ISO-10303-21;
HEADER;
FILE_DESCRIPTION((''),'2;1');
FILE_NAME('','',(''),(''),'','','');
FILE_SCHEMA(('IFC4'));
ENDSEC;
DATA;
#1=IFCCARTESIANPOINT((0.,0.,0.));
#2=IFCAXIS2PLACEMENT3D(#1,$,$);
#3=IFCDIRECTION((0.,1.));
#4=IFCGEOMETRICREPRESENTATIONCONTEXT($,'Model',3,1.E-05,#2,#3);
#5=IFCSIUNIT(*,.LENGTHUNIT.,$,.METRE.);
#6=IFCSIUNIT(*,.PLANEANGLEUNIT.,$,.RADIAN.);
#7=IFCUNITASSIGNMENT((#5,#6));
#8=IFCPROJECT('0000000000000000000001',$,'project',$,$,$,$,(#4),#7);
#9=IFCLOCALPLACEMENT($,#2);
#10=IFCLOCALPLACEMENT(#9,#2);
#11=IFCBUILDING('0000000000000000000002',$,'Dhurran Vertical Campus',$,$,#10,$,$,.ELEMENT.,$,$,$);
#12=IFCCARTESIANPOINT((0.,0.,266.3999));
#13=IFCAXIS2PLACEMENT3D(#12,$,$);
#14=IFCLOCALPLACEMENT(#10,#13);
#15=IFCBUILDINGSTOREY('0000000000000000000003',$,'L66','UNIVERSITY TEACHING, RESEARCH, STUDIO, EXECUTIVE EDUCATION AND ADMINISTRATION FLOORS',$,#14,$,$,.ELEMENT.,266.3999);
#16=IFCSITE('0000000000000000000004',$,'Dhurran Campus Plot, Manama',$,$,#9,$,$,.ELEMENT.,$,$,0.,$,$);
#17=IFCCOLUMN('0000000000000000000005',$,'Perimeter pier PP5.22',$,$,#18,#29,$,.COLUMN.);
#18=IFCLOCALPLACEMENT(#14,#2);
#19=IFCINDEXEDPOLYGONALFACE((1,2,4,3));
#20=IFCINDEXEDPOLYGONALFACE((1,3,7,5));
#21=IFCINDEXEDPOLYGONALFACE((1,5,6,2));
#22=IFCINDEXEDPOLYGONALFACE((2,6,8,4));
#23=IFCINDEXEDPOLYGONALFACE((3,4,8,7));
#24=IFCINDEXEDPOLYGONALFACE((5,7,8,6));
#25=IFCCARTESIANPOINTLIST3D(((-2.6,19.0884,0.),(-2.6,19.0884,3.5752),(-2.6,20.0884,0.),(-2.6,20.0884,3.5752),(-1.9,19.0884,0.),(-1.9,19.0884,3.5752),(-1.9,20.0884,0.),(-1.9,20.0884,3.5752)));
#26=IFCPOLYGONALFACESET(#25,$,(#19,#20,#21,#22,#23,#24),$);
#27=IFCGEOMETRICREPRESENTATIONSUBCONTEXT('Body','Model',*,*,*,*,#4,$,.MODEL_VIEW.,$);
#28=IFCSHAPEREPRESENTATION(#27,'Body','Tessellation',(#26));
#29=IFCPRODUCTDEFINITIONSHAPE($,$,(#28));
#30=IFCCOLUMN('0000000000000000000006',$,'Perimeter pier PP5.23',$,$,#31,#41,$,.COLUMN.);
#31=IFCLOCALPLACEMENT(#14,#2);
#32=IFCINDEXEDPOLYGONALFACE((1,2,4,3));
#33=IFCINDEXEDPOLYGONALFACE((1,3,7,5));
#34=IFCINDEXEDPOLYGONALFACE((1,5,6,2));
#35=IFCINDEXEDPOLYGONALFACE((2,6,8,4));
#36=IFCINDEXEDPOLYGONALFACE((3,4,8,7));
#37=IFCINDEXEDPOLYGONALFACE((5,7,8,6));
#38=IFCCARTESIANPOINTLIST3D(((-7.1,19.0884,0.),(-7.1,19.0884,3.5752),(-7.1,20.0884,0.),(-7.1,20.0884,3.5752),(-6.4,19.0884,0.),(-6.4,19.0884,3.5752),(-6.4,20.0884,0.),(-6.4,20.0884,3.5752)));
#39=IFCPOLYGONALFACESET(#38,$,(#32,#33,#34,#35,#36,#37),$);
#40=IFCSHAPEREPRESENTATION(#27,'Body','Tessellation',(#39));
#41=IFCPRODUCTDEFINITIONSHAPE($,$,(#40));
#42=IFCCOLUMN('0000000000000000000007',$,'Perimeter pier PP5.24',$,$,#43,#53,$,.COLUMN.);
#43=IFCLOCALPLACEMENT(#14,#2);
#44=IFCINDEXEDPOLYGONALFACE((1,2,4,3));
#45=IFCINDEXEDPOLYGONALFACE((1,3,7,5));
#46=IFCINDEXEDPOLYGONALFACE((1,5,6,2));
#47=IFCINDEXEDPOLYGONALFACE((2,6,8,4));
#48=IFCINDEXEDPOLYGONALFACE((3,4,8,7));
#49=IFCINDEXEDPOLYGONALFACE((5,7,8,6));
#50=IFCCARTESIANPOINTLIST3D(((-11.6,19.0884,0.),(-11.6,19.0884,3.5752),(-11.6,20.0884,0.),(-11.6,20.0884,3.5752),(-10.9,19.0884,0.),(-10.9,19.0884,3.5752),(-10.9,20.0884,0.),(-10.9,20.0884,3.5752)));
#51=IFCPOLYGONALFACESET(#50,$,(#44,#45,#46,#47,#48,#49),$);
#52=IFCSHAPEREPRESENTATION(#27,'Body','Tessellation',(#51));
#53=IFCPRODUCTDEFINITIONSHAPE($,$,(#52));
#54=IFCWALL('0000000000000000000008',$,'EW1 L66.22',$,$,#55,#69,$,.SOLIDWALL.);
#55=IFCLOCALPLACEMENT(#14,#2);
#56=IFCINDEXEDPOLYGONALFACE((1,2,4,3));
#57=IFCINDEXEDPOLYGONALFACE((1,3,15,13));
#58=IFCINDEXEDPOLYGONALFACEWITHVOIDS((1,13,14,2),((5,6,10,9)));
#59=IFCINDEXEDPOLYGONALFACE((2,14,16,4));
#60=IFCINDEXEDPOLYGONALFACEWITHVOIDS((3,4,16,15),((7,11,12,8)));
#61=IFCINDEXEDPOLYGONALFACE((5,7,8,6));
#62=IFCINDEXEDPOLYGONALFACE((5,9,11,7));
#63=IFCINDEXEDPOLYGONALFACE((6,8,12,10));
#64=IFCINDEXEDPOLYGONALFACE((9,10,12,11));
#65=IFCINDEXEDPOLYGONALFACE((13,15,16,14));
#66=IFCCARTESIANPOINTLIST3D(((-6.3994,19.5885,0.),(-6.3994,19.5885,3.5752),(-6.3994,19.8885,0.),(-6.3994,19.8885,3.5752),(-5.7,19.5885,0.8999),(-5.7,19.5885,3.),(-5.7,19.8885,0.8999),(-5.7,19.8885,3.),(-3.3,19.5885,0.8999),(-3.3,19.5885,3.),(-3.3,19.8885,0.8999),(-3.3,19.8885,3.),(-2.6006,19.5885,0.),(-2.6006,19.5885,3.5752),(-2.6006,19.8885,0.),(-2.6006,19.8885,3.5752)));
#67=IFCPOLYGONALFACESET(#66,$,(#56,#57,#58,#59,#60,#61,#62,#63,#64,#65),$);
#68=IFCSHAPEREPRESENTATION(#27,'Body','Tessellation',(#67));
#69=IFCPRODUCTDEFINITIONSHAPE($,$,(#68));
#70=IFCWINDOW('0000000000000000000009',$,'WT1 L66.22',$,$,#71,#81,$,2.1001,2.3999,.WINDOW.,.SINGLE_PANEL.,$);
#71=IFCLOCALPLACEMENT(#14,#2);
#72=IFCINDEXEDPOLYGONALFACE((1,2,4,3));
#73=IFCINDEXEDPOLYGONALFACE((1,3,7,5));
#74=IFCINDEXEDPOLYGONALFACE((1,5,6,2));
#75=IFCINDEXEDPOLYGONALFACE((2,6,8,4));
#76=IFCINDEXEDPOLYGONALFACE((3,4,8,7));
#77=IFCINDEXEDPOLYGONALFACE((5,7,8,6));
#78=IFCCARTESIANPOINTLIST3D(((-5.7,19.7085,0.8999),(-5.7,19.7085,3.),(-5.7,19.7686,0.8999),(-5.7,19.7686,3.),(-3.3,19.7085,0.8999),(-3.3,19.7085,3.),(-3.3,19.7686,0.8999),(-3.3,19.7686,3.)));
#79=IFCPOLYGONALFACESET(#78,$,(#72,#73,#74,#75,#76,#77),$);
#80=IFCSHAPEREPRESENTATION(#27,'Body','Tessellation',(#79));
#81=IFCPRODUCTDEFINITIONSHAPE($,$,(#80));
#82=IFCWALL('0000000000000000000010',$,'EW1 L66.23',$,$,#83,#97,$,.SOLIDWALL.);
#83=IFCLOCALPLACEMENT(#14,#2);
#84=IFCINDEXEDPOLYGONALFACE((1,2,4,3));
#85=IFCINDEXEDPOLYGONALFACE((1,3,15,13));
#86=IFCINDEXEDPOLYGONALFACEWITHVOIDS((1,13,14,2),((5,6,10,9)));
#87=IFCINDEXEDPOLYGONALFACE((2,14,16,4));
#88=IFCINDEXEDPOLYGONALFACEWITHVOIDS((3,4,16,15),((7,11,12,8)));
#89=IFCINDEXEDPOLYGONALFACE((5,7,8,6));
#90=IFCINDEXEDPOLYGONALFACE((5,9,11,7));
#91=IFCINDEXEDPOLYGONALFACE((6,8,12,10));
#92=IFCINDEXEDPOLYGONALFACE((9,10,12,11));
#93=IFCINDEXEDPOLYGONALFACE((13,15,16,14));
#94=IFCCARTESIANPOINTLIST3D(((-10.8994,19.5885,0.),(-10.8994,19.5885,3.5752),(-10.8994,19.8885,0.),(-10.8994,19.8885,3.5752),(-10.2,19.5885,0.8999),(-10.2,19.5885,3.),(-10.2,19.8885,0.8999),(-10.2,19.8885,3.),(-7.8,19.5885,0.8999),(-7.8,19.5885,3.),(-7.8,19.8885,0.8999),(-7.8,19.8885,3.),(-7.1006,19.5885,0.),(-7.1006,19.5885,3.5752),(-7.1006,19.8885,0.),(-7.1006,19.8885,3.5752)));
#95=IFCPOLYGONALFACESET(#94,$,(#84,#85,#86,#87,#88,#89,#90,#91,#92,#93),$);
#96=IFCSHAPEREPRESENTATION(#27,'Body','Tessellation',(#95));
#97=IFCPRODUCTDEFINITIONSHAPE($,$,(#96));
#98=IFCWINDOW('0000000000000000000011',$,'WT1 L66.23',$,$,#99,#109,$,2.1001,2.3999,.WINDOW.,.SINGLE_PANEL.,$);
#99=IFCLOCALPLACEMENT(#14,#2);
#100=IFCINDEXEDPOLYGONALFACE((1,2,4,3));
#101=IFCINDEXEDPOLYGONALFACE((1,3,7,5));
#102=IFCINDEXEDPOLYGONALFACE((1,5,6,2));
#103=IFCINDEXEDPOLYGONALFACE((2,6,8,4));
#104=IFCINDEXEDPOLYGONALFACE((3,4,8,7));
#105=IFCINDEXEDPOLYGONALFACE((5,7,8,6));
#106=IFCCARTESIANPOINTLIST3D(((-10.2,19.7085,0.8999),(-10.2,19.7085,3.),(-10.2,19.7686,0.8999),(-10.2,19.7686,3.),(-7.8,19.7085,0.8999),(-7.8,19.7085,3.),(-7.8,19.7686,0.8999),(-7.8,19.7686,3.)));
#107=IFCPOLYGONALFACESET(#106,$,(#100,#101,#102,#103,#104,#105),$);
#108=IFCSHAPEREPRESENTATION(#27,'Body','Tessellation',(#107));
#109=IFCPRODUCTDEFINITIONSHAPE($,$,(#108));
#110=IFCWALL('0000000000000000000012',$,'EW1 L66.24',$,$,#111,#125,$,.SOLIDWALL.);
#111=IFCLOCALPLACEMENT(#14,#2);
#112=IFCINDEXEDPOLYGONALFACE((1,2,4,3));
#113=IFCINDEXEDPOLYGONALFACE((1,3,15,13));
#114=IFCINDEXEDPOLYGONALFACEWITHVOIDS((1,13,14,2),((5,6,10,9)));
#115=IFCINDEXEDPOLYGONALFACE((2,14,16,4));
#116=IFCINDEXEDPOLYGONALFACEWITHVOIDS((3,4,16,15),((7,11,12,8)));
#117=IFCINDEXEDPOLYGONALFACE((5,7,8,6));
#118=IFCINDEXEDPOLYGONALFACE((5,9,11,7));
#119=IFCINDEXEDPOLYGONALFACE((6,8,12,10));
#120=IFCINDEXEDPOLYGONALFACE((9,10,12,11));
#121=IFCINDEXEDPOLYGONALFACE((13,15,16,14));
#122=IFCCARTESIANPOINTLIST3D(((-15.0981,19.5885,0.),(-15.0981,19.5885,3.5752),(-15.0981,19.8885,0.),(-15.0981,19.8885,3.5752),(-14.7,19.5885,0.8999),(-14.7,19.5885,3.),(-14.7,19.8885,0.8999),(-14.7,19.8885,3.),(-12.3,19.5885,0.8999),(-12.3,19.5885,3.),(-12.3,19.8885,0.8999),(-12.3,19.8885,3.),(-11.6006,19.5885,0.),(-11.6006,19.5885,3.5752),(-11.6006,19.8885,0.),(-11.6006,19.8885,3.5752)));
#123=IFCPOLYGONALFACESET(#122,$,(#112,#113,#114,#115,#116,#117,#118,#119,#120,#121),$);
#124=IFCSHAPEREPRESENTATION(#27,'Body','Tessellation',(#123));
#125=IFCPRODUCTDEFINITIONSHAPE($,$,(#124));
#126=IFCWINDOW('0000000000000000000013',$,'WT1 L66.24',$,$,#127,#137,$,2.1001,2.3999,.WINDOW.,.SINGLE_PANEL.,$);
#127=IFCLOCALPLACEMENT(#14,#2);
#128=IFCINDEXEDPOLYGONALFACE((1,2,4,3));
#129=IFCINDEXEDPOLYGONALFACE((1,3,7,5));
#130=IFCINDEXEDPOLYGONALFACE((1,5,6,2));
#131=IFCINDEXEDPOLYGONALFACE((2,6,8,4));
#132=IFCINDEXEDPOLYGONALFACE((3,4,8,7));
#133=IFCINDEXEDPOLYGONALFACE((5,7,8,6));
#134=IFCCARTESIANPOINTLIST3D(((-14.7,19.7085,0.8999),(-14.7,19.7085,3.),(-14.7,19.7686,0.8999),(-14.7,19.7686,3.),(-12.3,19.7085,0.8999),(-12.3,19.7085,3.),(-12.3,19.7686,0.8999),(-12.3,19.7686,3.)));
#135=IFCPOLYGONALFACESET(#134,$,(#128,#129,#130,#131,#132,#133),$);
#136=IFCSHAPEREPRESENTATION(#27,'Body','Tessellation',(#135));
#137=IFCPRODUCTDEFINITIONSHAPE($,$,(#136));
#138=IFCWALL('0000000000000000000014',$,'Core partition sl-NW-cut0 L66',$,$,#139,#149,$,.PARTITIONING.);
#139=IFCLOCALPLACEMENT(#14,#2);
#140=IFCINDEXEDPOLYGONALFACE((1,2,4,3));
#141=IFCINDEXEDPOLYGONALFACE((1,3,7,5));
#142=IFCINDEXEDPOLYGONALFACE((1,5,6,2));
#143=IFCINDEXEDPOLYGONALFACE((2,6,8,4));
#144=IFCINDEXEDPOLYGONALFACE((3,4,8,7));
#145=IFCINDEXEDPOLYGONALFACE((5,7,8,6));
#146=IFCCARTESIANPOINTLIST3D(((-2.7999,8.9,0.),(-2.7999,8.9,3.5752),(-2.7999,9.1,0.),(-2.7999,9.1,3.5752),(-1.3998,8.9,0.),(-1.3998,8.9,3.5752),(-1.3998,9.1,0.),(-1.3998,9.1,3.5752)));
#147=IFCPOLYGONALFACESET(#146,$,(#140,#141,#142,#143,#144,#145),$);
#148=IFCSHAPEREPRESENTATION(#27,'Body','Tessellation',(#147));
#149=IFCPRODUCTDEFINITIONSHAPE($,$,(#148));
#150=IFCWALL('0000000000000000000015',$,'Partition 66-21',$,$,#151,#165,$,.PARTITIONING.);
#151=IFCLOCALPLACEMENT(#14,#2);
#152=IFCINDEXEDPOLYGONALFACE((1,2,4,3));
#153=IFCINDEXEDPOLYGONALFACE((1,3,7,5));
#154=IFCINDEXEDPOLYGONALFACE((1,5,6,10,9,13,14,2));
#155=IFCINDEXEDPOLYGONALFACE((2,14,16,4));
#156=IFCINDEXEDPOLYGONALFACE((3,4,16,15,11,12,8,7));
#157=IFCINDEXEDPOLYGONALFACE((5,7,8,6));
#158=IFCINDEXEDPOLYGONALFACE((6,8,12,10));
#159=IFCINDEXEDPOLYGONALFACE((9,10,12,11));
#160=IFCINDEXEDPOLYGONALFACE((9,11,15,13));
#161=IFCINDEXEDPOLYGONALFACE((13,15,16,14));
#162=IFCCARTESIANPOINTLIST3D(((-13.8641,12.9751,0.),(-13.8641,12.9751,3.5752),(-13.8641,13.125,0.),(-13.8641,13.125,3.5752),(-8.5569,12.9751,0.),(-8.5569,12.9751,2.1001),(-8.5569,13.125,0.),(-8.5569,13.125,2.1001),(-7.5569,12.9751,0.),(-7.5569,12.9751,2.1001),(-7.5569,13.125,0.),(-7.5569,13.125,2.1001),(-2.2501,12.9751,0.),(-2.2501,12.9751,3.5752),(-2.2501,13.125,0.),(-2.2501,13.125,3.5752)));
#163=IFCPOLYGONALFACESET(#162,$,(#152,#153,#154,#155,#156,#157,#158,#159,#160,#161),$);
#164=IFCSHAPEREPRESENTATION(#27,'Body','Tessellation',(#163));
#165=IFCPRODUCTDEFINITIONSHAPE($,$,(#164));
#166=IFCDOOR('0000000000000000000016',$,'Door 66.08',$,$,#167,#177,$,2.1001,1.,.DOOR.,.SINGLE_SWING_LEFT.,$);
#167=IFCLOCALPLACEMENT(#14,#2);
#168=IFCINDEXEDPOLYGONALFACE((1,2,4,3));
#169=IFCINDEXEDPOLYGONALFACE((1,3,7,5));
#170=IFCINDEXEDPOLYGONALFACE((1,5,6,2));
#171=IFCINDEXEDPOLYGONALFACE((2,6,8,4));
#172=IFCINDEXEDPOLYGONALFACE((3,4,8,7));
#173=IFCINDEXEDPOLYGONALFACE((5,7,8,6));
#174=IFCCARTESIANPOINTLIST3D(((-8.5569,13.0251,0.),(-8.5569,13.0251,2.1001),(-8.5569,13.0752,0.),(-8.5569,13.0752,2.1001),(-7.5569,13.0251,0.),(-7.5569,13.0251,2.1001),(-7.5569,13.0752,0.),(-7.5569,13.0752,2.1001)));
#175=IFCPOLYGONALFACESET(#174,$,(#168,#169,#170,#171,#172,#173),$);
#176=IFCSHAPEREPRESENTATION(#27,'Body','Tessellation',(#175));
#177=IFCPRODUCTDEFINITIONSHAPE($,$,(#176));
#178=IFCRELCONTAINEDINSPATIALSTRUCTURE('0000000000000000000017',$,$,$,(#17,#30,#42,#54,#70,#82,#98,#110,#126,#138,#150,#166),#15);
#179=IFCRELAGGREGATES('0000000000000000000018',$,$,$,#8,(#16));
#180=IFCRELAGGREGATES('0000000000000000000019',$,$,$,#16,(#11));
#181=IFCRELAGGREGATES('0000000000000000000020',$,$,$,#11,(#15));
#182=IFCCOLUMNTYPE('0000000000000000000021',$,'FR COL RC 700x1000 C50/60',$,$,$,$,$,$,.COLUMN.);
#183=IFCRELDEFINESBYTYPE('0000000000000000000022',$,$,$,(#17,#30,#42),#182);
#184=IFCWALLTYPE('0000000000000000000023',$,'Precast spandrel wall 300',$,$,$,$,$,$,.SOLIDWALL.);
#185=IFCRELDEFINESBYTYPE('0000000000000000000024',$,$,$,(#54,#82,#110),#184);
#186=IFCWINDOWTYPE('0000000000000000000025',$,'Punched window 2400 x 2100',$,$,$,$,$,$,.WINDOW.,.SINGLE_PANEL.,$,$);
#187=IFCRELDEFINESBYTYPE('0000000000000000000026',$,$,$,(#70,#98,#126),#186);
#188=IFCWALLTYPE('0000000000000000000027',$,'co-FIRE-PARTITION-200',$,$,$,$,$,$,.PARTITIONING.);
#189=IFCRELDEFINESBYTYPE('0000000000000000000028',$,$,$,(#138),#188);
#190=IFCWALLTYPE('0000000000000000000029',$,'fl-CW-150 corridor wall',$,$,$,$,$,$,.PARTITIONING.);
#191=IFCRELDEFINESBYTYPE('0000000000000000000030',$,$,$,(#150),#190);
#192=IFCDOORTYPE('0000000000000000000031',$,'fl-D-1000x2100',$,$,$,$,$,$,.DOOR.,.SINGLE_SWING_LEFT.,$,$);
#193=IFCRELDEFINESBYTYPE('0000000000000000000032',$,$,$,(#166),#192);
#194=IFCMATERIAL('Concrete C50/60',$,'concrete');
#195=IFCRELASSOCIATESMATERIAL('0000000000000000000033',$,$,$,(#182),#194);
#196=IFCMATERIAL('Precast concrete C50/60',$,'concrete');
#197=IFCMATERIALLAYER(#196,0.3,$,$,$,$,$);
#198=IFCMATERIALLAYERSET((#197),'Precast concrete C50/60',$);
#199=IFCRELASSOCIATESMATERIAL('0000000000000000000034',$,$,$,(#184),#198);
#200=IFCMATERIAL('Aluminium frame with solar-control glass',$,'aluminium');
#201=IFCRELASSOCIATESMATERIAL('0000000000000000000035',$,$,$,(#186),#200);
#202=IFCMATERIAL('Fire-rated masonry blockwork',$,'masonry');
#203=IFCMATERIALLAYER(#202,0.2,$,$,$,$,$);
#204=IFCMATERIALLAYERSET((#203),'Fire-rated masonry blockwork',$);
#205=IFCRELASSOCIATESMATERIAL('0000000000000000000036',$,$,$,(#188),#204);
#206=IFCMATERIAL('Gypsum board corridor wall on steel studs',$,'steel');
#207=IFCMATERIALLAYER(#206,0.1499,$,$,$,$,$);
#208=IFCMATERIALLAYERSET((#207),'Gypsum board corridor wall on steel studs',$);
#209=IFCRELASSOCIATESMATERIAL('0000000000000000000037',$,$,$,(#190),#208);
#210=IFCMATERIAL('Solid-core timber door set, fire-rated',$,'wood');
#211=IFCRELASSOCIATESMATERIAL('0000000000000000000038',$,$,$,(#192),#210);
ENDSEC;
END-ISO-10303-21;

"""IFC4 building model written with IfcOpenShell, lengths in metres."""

from ifc_helpers import new_model, si_unit, direction, frame, frame_2d, origin, origin_2d, place, context, subcontext, project, spatial, rectangle, extrude, material, layer, layer_set, material_profile, profile_set, type_object, element, fill, save


model = new_model("IFC4")

# Units and contexts
model_context = context("Model", 3, precision=1e-05, world=origin(), true_north=direction((0.0, 1.0)))
body_context = subcontext(model_context, "Body", "Model", "MODEL_VIEW")
ifc_project = project(units=[si_unit("LENGTHUNIT", "METRE"), si_unit("PLANEANGLEUNIT", "RADIAN")], contexts=[model_context])

# Site, building, storey
site_placement = place(None, origin())
site = spatial("IfcSite", under=ifc_project, at=site_placement, Name="Dhurran Campus Plot, Manama", CompositionType="ELEMENT", RefElevation=0.0)
building_placement = place(site_placement, origin())
building = spatial("IfcBuilding", under=site, at=building_placement, Name="Dhurran Vertical Campus", CompositionType="ELEMENT")
storey_placement = place(building_placement, frame((0.0, 0.0, 266.3999)))
storey = spatial("IfcBuildingStorey", under=building, at=storey_placement, Name="L66", Description="UNIVERSITY TEACHING, RESEARCH, STUDIO, EXECUTIVE EDUCATION AND ADMINISTRATION FLOORS", CompositionType="ELEMENT", Elevation=266.3999)

# Columns
ifc_material_1 = material(Name="Concrete C50/60", Category="concrete")
ifc_material_profile = material_profile(ifc_material_1, rectangle(XDim=0.7, YDim=1.0, at=origin_2d()), Name="RC 700x1000")
ifc_profile_set = profile_set([ifc_material_profile], Name="Concrete C50/60")
column_type = type_object("IfcColumnType", Name="FR COL RC 700x1000 C50/60", PredefinedType="COLUMN", material=ifc_profile_set)
for number, where, z_axis, x_axis, name in (
    (1, (-2.25, 19.5884, 0.0), (0.0, 0.0, 1.0), (-1.0, 0.0, 0.0), "Perimeter pier PP5.22"),
    (2, (-6.75, 19.5884, 0.0), (0.0, 0.0, 1.0), (-1.0, 0.0, 0.0), "Perimeter pier PP5.23"),
    (3, (-11.25, 19.5884, 0.0), (0.0, 0.0, 1.0), (-1.0, 0.0, 0.0), "Perimeter pier PP5.24"),
):
    element("IfcColumn", number, at=place(storey_placement, frame(where, z_axis=z_axis, x_axis=x_axis)), inside=storey, type_object=column_type, Name=name, PredefinedType="COLUMN", context=body_context, shape_type="SweptSolid", body=[
        extrude(rectangle(XDim=0.7, YDim=1.0, at=origin_2d()), origin(), (0.0, 0.0, 1.0), 3.5752),
    ])

# Walls, openings, windows
ifc_material_2 = material(Name="Precast concrete C50/60", Category="concrete")
ifc_layer_1 = layer(ifc_material_2, 0.3)
ifc_layer_set_1 = layer_set([ifc_layer_1], Name="Precast concrete C50/60")
wall_type_1 = type_object("IfcWallType", Name="Precast spandrel wall 300", PredefinedType="SOLIDWALL", material=ifc_layer_set_1)
wall_1_placement = place(storey_placement, frame((-2.6006, 19.7385, 0.0), z_axis=(0.0, 0.0, 1.0), x_axis=(-1.0, 0.0, 0.0)))
wall_1 = element("IfcWall", 4, at=wall_1_placement, inside=storey, type_object=wall_type_1, Name="EW1 L66.22", PredefinedType="SOLIDWALL", context=body_context, shape_type="SweptSolid", body=[
    extrude(rectangle(XDim=3.7988, YDim=0.3, at=frame_2d((1.8994, 0.0))), origin(), (0.0, 0.0, 1.0), 3.5752),
])
opening_1_placement = place(wall_1_placement, frame((0.6995, 0.0, 0.8999)))
opening_1 = element("IfcOpeningElement", 5, at=opening_1_placement, cuts=wall_1, PredefinedType="OPENING", context=body_context, shape_type="SweptSolid", body=[
    extrude(rectangle(XDim=2.3999, YDim=2.1001, at=frame_2d((1.2, 1.05))), frame((0.0, 0.1599, 0.0), z_axis=(0.0, -1.0, 0.0), x_axis=(1.0, 0.0, 0.0)), (0.0, 0.0, 1.0), 0.3201),
])
ifc_material_3 = material(Name="Aluminium frame with solar-control glass", Category="aluminium")
window_type = type_object("IfcWindowType", Name="Punched window 2400 x 2100", PartitioningType="SINGLE_PANEL", PredefinedType="WINDOW", material=ifc_material_3)
window_1_placement = place(opening_1_placement, origin())
window_1 = element("IfcWindow", 6, at=window_1_placement, inside=storey, type_object=window_type, Name="WT1 L66.22", OverallHeight=2.1001, OverallWidth=2.3999, PartitioningType="SINGLE_PANEL", PredefinedType="WINDOW", context=body_context, shape_type="SweptSolid", body=[
    extrude(rectangle(XDim=2.3999, YDim=2.1001, at=frame_2d((1.2, 1.05))), frame((0.0, 0.03, 0.0), z_axis=(0.0, -1.0, 0.0), x_axis=(1.0, 0.0, 0.0)), (0.0, 0.0, 1.0), 0.0601),
])
fill(opening_1, window_1)
wall_2_placement = place(storey_placement, frame((-7.1006, 19.7385, 0.0), z_axis=(0.0, 0.0, 1.0), x_axis=(-1.0, 0.0, 0.0)))
wall_2 = element("IfcWall", 7, at=wall_2_placement, inside=storey, type_object=wall_type_1, Name="EW1 L66.23", PredefinedType="SOLIDWALL", context=body_context, shape_type="SweptSolid", body=[
    extrude(rectangle(XDim=3.7988, YDim=0.3, at=frame_2d((1.8994, 0.0))), origin(), (0.0, 0.0, 1.0), 3.5752),
])
opening_2_placement = place(wall_2_placement, frame((0.6995, 0.0, 0.8999)))
opening_2 = element("IfcOpeningElement", 8, at=opening_2_placement, cuts=wall_2, PredefinedType="OPENING", context=body_context, shape_type="SweptSolid", body=[
    extrude(rectangle(XDim=2.3999, YDim=2.1001, at=frame_2d((1.2, 1.05))), frame((0.0, 0.1599, 0.0), z_axis=(0.0, -1.0, 0.0), x_axis=(1.0, 0.0, 0.0)), (0.0, 0.0, 1.0), 0.3201),
])
window_2_placement = place(opening_2_placement, origin())
window_2 = element("IfcWindow", 9, at=window_2_placement, inside=storey, type_object=window_type, Name="WT1 L66.23", OverallHeight=2.1001, OverallWidth=2.3999, PartitioningType="SINGLE_PANEL", PredefinedType="WINDOW", context=body_context, shape_type="SweptSolid", body=[
    extrude(rectangle(XDim=2.3999, YDim=2.1001, at=frame_2d((1.2, 1.05))), frame((0.0, 0.03, 0.0), z_axis=(0.0, -1.0, 0.0), x_axis=(1.0, 0.0, 0.0)), (0.0, 0.0, 1.0), 0.0601),
])
fill(opening_2, window_2)
wall_3_placement = place(storey_placement, frame((-11.6006, 19.7385, 0.0), z_axis=(0.0, 0.0, 1.0), x_axis=(-1.0, 0.0, 0.0)))
wall_3 = element("IfcWall", 10, at=wall_3_placement, inside=storey, type_object=wall_type_1, Name="EW1 L66.24", PredefinedType="SOLIDWALL", context=body_context, shape_type="SweptSolid", body=[
    extrude(rectangle(XDim=3.4976, YDim=0.3, at=frame_2d((1.7488, 0.0))), origin(), (0.0, 0.0, 1.0), 3.5752),
])
opening_3_placement = place(wall_3_placement, frame((0.6995, 0.0, 0.8999)))
opening_3 = element("IfcOpeningElement", 11, at=opening_3_placement, cuts=wall_3, PredefinedType="OPENING", context=body_context, shape_type="SweptSolid", body=[
    extrude(rectangle(XDim=2.3999, YDim=2.1001, at=frame_2d((1.2, 1.05))), frame((0.0, 0.1599, 0.0), z_axis=(0.0, -1.0, 0.0), x_axis=(1.0, 0.0, 0.0)), (0.0, 0.0, 1.0), 0.3201),
])
window_3_placement = place(opening_3_placement, origin())
window_3 = element("IfcWindow", 12, at=window_3_placement, inside=storey, type_object=window_type, Name="WT1 L66.24", OverallHeight=2.1001, OverallWidth=2.3999, PartitioningType="SINGLE_PANEL", PredefinedType="WINDOW", context=body_context, shape_type="SweptSolid", body=[
    extrude(rectangle(XDim=2.3999, YDim=2.1001, at=frame_2d((1.2, 1.05))), frame((0.0, 0.03, 0.0), z_axis=(0.0, -1.0, 0.0), x_axis=(1.0, 0.0, 0.0)), (0.0, 0.0, 1.0), 0.0601),
])
fill(opening_3, window_3)

# Wall
ifc_material_4 = material(Name="Fire-rated masonry blockwork", Category="masonry")
ifc_layer_2 = layer(ifc_material_4, 0.2)
ifc_layer_set_2 = layer_set([ifc_layer_2], Name="Fire-rated masonry blockwork")
wall_type_2 = type_object("IfcWallType", Name="co-FIRE-PARTITION-200", PredefinedType="PARTITIONING", material=ifc_layer_set_2)
wall_4_placement = place(storey_placement, frame((-2.8, 9.0, 0.0), z_axis=(0.0, 0.0, 1.0), x_axis=(1.0, 0.0, 0.0)))
element("IfcWall", 13, at=wall_4_placement, inside=storey, type_object=wall_type_2, Name="Core partition sl-NW-cut0 L66", PredefinedType="PARTITIONING", context=body_context, shape_type="SweptSolid", body=[
    extrude(rectangle(XDim=1.4001, YDim=0.2, at=frame_2d((0.7002, 0.0))), origin(), (0.0, 0.0, 1.0), 3.5752),
])

# Wall, opening, door
ifc_material_5 = material(Name="Gypsum board corridor wall on steel studs", Category="steel")
ifc_layer_3 = layer(ifc_material_5, 0.1499)
ifc_layer_set_3 = layer_set([ifc_layer_3], Name="Gypsum board corridor wall on steel studs")
wall_type_3 = type_object("IfcWallType", Name="fl-CW-150 corridor wall", PredefinedType="PARTITIONING", material=ifc_layer_set_3)
wall_5_placement = place(storey_placement, frame((-2.25, 13.05, 0.0), z_axis=(0.0, 0.0, 1.0), x_axis=(-1.0, 0.0, 0.0)))
wall_5 = element("IfcWall", 14, at=wall_5_placement, inside=storey, type_object=wall_type_3, Name="Partition 66-21", PredefinedType="PARTITIONING", context=body_context, shape_type="SweptSolid", body=[
    extrude(rectangle(XDim=11.614, YDim=0.1499, at=frame_2d((5.8071, 0.0))), origin(), (0.0, 0.0, 1.0), 3.5752),
])
opening_4_placement = place(wall_5_placement, frame((5.3069, 0.0, 0.0)))
opening_4 = element("IfcOpeningElement", 15, at=opening_4_placement, cuts=wall_5, PredefinedType="OPENING", context=body_context, shape_type="SweptSolid", body=[
    extrude(rectangle(XDim=1.0, YDim=2.1001, at=frame_2d((0.5, 1.05))), frame((0.0, 0.085, 0.0), z_axis=(0.0, -1.0, 0.0), x_axis=(1.0, 0.0, 0.0)), (0.0, 0.0, 1.0), 0.1699),
])
ifc_material_6 = material(Name="Solid-core timber door set, fire-rated", Category="wood")
door_type = type_object("IfcDoorType", Name="fl-D-1000x2100", OperationType="SINGLE_SWING_LEFT", PredefinedType="DOOR", material=ifc_material_6)
door_placement = place(opening_4_placement, origin())
door = element("IfcDoor", 16, at=door_placement, inside=storey, type_object=door_type, Name="Door 66.08", OperationType="SINGLE_SWING_LEFT", OverallHeight=2.1001, OverallWidth=1.0, PredefinedType="DOOR", context=body_context, shape_type="SweptSolid", body=[
    extrude(rectangle(XDim=1.0, YDim=2.1001, at=frame_2d((0.5, 1.05))), frame((0.0, 0.0249, 0.0), z_axis=(0.0, -1.0, 0.0), x_axis=(1.0, 0.0, 0.0)), (0.0, 0.0, 1.0), 0.05),
])
fill(opening_4, door)

save(model, "model.ifc")
